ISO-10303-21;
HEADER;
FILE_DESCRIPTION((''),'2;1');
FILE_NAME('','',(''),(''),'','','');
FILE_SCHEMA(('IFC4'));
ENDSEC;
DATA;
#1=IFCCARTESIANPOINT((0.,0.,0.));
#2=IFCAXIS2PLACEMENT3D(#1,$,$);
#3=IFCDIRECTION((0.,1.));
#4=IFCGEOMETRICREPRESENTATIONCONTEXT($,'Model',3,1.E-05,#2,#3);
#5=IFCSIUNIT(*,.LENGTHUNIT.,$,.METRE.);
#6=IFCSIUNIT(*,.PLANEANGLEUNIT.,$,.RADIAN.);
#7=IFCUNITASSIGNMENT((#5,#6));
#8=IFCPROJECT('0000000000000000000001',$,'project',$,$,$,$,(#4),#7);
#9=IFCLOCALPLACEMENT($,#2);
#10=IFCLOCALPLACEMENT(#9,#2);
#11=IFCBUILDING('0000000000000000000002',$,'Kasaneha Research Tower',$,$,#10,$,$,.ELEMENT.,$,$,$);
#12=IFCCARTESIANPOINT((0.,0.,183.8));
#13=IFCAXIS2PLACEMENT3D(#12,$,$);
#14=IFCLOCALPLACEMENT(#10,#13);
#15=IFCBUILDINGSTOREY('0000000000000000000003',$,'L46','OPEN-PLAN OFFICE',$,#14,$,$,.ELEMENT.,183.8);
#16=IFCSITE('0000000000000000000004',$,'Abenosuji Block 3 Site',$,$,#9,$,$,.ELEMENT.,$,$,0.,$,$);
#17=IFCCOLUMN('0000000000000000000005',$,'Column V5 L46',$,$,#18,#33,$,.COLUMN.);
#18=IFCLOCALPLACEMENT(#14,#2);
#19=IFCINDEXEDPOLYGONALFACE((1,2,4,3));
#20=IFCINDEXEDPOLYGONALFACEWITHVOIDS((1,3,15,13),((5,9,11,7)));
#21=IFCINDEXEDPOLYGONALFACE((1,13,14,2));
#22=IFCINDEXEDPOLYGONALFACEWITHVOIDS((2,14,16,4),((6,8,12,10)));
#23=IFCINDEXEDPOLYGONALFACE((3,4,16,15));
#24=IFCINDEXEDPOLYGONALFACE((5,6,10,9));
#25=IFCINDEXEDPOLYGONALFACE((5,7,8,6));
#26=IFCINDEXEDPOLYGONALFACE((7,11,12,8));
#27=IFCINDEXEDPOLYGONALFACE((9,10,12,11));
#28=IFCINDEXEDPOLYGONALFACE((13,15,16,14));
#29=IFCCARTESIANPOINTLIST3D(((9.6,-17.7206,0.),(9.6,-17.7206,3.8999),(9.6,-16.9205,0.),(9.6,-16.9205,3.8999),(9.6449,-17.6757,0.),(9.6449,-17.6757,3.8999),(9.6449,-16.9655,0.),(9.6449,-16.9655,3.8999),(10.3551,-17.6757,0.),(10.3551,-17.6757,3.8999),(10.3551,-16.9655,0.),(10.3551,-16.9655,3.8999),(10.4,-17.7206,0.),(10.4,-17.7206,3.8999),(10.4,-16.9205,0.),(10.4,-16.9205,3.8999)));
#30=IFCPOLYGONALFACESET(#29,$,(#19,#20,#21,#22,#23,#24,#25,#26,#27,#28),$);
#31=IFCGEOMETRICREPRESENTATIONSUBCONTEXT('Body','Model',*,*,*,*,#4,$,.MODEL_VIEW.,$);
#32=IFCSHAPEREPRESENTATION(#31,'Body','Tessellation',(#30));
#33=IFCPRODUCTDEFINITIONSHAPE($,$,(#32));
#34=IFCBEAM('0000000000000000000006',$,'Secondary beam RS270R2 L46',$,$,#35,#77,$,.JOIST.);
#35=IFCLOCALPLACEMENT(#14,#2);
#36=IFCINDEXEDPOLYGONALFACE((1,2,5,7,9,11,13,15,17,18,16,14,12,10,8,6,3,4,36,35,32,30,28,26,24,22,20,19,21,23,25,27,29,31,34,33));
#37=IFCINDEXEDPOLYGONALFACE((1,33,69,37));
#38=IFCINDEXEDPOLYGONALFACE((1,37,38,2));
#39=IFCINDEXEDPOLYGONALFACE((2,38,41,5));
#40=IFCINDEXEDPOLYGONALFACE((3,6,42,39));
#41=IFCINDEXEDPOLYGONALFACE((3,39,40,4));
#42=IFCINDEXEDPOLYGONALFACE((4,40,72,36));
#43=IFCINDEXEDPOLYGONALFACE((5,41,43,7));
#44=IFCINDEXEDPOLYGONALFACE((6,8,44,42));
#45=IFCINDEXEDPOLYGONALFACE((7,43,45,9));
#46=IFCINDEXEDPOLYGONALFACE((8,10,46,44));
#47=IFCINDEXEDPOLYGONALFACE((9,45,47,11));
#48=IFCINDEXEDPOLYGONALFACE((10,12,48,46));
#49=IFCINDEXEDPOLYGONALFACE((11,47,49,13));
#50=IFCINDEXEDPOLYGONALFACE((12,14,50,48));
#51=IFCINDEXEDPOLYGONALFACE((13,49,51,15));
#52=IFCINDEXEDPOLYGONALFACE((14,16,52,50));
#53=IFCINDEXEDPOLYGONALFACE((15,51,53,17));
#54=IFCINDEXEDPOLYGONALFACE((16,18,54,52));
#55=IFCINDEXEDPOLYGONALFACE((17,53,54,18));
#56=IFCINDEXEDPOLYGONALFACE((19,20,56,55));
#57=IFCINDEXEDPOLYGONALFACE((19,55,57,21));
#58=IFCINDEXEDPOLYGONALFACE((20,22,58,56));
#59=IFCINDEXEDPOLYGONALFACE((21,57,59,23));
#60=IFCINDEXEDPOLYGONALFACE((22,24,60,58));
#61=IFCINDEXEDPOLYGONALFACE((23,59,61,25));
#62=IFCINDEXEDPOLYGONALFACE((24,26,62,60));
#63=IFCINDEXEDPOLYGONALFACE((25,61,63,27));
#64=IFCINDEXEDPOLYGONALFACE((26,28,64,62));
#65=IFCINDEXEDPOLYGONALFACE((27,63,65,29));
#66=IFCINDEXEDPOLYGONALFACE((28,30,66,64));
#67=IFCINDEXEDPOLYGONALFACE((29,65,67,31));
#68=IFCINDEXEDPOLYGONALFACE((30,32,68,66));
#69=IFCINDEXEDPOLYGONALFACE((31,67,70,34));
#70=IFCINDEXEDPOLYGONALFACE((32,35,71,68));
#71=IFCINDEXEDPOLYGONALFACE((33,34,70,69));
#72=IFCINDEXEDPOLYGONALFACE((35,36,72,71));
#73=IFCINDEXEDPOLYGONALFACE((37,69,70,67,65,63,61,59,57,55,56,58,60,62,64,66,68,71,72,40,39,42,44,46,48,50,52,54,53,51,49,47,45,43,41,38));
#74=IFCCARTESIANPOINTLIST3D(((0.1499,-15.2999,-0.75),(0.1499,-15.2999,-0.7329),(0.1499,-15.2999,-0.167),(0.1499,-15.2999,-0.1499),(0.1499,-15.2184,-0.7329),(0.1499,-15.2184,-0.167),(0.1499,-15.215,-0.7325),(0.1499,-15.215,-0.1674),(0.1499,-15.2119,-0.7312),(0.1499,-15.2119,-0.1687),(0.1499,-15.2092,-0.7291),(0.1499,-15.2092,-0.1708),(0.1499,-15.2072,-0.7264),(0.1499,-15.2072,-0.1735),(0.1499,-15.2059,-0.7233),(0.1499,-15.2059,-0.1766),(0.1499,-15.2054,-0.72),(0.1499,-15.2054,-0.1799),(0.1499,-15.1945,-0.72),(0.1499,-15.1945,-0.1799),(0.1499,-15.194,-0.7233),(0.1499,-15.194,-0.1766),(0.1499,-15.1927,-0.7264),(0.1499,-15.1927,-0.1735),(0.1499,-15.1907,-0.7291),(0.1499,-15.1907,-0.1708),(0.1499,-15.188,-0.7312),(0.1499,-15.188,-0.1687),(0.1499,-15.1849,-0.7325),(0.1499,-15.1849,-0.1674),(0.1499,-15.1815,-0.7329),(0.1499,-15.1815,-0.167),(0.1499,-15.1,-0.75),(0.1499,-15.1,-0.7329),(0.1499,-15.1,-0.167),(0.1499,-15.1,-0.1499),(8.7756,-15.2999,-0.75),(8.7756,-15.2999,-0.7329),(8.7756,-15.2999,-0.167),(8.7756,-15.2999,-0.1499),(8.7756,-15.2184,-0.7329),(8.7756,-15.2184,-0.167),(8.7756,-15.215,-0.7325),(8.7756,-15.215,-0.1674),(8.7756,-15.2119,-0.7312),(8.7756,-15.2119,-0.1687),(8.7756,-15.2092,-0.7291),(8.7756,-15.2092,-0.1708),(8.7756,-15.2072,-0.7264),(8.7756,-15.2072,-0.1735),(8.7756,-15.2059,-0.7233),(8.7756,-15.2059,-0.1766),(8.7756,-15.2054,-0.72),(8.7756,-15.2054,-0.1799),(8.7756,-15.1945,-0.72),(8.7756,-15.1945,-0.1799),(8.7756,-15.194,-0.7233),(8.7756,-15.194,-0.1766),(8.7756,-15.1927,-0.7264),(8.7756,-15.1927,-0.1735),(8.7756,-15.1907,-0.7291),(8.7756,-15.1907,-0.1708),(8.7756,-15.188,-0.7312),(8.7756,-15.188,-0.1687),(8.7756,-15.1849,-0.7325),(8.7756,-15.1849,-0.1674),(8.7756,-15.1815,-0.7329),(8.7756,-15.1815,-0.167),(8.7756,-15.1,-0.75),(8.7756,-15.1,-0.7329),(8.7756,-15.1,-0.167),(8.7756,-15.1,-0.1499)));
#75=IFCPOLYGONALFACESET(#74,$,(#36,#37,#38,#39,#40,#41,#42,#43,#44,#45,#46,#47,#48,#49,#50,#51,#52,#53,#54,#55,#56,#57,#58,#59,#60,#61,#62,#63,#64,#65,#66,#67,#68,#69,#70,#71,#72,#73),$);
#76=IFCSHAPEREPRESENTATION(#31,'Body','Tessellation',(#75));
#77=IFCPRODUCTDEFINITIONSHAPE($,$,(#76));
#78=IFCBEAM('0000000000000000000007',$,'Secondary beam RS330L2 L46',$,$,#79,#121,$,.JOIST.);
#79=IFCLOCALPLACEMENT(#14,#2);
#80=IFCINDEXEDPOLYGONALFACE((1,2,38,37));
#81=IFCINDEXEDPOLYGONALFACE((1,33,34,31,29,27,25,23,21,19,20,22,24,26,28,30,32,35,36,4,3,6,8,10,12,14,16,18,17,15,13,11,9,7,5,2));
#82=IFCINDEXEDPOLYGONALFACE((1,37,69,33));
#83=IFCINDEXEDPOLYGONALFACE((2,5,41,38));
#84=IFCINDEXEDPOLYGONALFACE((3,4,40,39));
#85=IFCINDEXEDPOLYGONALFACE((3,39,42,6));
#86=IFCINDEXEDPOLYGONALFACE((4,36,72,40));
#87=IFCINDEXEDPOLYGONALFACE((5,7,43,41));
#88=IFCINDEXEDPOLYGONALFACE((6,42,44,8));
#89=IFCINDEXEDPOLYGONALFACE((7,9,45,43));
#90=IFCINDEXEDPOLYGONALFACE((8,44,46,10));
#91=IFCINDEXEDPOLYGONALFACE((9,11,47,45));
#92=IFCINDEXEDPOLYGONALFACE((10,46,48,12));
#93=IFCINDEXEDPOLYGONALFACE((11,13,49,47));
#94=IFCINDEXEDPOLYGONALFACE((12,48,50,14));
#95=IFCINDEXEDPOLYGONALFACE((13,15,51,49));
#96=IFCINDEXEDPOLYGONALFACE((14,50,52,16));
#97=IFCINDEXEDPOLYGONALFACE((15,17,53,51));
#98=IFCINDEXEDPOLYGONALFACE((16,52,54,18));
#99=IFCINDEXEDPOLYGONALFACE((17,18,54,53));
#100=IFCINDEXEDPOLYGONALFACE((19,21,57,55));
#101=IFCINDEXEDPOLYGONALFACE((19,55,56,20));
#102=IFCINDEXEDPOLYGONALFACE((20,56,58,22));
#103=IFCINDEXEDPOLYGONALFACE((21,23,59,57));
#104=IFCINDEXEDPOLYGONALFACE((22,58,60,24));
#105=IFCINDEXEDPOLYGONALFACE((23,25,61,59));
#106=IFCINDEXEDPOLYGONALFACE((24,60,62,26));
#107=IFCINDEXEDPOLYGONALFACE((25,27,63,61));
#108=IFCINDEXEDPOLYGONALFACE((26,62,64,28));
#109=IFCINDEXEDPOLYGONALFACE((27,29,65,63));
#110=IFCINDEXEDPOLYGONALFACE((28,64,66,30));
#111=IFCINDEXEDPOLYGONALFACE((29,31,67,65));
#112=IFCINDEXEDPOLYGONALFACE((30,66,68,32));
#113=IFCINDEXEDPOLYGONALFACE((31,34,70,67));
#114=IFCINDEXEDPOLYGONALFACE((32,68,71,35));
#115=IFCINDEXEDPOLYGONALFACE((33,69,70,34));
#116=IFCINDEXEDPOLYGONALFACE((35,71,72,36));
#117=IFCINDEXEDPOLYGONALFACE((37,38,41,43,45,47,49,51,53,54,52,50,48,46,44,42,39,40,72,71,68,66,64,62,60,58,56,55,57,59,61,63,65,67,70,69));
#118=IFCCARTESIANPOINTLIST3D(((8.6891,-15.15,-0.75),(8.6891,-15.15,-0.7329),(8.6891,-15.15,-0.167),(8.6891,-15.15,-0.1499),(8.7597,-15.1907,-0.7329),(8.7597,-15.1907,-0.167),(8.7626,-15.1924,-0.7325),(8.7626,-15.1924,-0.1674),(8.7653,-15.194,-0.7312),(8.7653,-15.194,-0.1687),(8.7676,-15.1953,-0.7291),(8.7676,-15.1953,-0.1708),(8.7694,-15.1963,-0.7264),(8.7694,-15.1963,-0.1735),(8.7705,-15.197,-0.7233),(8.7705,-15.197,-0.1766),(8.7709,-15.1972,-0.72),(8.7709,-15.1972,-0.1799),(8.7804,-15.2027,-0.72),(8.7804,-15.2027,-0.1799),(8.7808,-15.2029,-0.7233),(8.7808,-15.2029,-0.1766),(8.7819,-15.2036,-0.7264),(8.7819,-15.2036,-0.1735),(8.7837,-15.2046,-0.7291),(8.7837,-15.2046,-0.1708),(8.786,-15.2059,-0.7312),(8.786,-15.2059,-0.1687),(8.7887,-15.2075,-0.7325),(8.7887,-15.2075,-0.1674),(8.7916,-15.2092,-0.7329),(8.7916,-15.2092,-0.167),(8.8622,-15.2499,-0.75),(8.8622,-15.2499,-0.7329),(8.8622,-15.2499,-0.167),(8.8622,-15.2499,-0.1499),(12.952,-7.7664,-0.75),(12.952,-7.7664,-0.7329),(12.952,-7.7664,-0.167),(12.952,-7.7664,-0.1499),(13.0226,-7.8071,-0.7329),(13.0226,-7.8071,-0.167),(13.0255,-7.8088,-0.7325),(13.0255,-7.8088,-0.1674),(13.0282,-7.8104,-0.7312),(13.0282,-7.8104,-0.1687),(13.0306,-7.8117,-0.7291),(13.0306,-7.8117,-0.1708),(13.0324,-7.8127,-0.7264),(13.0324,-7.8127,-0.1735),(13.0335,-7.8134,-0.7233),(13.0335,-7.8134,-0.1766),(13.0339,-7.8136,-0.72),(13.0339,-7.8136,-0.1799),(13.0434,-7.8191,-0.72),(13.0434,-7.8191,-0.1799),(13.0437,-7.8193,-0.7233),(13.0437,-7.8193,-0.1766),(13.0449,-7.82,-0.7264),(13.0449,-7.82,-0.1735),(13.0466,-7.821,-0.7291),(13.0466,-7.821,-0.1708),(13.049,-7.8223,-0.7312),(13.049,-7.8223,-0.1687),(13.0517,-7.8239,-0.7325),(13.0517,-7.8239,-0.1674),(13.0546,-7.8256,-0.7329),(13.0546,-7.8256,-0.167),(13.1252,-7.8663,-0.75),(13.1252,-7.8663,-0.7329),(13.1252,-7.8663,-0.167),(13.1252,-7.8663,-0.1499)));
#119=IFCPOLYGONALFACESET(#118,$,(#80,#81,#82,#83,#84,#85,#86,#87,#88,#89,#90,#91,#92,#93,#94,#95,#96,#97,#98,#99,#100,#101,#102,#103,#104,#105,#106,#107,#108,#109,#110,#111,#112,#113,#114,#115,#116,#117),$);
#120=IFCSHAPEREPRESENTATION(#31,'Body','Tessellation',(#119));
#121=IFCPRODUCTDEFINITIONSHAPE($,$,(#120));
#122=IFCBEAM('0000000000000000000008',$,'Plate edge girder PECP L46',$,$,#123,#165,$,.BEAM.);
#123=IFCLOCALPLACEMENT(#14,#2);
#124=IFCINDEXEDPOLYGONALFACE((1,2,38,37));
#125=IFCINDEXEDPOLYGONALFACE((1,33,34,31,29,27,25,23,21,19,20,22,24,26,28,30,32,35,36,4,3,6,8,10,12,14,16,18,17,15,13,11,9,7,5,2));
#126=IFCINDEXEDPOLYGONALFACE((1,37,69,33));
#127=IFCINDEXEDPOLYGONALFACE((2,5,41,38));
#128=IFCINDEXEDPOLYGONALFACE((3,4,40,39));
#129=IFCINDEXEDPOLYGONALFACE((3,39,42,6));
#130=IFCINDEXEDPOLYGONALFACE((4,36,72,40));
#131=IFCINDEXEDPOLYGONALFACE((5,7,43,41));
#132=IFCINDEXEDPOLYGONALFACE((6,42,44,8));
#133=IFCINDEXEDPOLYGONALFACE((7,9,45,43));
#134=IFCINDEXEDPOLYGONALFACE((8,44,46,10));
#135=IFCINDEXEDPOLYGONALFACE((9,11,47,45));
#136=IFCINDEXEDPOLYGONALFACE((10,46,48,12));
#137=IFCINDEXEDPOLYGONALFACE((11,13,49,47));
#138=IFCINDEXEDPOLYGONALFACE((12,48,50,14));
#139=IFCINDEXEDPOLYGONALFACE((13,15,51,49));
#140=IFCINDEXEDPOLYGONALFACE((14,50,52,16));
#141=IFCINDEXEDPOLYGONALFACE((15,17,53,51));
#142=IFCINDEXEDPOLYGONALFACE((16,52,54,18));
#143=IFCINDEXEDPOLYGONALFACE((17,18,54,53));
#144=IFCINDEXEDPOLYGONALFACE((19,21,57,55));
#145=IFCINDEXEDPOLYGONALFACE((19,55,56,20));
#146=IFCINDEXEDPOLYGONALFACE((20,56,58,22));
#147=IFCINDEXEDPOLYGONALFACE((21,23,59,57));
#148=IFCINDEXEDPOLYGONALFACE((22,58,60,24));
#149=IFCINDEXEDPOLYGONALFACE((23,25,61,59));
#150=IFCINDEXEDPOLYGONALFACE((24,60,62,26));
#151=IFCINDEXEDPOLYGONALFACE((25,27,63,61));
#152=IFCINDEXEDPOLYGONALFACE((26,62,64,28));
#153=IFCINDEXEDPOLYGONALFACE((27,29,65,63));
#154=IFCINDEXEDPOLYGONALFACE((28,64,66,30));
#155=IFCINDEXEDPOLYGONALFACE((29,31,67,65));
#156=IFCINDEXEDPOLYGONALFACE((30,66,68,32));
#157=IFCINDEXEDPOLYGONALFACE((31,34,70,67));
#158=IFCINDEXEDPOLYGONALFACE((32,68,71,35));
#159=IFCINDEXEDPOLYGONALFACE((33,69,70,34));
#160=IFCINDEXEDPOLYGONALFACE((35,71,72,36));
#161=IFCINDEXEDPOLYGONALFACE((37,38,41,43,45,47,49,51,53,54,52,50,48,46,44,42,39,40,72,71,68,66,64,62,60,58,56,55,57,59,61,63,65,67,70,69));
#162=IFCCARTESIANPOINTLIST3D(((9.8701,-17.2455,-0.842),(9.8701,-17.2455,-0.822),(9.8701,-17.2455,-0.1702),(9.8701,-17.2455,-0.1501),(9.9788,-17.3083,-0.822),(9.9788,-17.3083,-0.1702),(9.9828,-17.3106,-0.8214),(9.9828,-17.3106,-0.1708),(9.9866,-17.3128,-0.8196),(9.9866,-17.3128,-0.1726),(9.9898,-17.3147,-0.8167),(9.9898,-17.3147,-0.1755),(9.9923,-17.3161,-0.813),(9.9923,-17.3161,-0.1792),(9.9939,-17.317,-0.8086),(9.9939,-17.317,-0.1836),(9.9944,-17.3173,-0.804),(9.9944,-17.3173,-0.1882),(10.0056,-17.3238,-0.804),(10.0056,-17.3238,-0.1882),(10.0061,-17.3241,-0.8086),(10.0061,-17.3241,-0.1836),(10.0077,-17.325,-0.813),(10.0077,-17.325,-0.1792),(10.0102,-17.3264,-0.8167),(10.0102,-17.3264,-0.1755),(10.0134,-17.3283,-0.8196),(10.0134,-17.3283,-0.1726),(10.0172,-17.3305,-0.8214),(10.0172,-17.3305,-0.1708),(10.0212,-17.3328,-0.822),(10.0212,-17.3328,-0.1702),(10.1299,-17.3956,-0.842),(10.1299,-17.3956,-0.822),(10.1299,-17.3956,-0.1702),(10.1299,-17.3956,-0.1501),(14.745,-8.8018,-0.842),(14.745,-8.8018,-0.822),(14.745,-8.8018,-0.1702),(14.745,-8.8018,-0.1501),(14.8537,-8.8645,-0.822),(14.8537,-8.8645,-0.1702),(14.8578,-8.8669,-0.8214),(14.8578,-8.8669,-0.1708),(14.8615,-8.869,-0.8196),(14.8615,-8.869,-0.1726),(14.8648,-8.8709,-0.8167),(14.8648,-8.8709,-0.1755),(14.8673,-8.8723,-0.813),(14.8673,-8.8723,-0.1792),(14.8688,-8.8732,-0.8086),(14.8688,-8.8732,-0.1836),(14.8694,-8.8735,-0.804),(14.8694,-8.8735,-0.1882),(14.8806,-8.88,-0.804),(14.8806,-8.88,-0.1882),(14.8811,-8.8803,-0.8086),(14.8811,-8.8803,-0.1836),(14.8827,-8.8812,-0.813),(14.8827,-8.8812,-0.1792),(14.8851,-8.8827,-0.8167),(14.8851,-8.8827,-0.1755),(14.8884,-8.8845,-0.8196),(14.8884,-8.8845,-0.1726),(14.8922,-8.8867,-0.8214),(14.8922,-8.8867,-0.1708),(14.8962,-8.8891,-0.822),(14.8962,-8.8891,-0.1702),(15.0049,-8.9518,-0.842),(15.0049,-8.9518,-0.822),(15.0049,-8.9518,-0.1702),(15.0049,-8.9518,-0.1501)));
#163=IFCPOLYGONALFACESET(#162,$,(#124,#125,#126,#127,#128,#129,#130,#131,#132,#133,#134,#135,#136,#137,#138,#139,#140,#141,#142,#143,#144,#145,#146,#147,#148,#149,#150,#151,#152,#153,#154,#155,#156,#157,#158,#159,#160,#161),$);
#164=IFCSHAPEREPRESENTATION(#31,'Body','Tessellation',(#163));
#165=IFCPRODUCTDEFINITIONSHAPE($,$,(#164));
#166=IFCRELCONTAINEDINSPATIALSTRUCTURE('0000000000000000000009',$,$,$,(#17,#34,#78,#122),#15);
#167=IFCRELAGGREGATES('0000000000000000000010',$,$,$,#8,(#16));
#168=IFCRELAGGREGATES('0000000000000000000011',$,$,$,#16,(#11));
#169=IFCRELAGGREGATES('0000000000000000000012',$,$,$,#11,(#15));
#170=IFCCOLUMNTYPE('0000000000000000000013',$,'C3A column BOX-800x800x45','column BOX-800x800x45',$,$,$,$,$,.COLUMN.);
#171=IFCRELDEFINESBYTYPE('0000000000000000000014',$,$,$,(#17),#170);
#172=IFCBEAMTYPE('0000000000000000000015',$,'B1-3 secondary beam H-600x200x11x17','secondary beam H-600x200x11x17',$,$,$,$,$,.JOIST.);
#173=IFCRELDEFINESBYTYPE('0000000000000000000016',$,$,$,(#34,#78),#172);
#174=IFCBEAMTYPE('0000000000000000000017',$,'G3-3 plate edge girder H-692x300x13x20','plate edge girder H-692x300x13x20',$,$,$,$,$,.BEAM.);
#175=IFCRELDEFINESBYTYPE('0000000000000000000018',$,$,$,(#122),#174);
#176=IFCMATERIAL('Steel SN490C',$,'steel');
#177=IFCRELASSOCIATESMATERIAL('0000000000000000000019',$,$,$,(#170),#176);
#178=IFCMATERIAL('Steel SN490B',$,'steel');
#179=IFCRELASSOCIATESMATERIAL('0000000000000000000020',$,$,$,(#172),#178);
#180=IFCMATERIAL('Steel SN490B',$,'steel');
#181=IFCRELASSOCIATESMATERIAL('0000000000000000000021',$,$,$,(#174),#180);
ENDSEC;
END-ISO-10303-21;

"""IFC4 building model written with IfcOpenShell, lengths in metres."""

from ifc_helpers import new_model, si_unit, direction, frame, origin, origin_2d, place, context, subcontext, project, spatial, hollow_rectangle, i_section, extrude, material, material_profile, profile_set, type_object, element, save


model = new_model("IFC4")

# Units and contexts
model_context = context("Model", 3, precision=1e-05, world=origin(), true_north=direction((0.0, 1.0)))
body_context = subcontext(model_context, "Body", "Model", "MODEL_VIEW")
ifc_project = project(units=[si_unit("LENGTHUNIT", "METRE"), si_unit("PLANEANGLEUNIT", "RADIAN")], contexts=[model_context])

# Site, building, storey
site_placement = place(None, origin())
site = spatial("IfcSite", under=ifc_project, at=site_placement, Name="Abenosuji Block 3 Site", CompositionType="ELEMENT", RefElevation=0.0)
building_placement = place(site_placement, origin())
building = spatial("IfcBuilding", under=site, at=building_placement, Name="Kasaneha Research Tower", CompositionType="ELEMENT")
storey_placement = place(building_placement, frame((0.0, 0.0, 183.8)))
storey = spatial("IfcBuildingStorey", under=building, at=storey_placement, Name="L46", Description="OPEN-PLAN OFFICE", CompositionType="ELEMENT", Elevation=183.8)

# Column
ifc_material_1 = material(Name="Steel SN490C", Category="steel")
ifc_material_profile_1 = material_profile(ifc_material_1, hollow_rectangle(XDim=0.8, YDim=0.8, WallThickness=0.0449, at=origin_2d()), Name="BOX-800x800x45")
ifc_profile_set_1 = profile_set([ifc_material_profile_1], Name="Steel SN490C")
column_type = type_object("IfcColumnType", Name="C3A column BOX-800x800x45", Description="column BOX-800x800x45", PredefinedType="COLUMN", material=ifc_profile_set_1)
column_placement = place(storey_placement, frame((10.0, -17.3206, 0.0), z_axis=(0.0, 0.0, 1.0), x_axis=(1.0, 0.0, 0.0)))
element("IfcColumn", 1, at=column_placement, inside=storey, type_object=column_type, Name="Column V5 L46", PredefinedType="COLUMN", context=body_context, shape_type="SweptSolid", body=[
    extrude(hollow_rectangle(XDim=0.8, YDim=0.8, WallThickness=0.0449, at=origin_2d()), origin(), (0.0, 0.0, 1.0), 3.8999),
])

# Beams
ifc_material_2 = material(Name="Steel SN490B", Category="steel")
ifc_material_profile_2 = material_profile(ifc_material_2, i_section(OverallWidth=0.2, OverallDepth=0.6001, WebThickness=0.011, FlangeThickness=0.0171, FilletRadius=0.0129, at=origin_2d()), Name="H-600x200x11x17")
ifc_profile_set_2 = profile_set([ifc_material_profile_2], Name="Steel SN490B")
beam_type_1 = type_object("IfcBeamType", Name="B1-3 secondary beam H-600x200x11x17", Description="secondary beam H-600x200x11x17", PredefinedType="JOIST", material=ifc_profile_set_2)
beam_1_placement = place(storey_placement, frame((8.7756, -15.2, -0.45), z_axis=(-1.0, 0.0, 0.0), x_axis=(0.0, -1.0, 0.0)))
element("IfcBeam", 2, at=beam_1_placement, inside=storey, type_object=beam_type_1, Name="Secondary beam RS270R2 L46", PredefinedType="JOIST", context=body_context, shape_type="SweptSolid", body=[
    extrude(i_section(OverallWidth=0.2, OverallDepth=0.6001, WebThickness=0.011, FlangeThickness=0.0171, FilletRadius=0.0129, at=origin_2d()), origin(), (0.0, 0.0, 1.0), 8.6257),
])
beam_2_placement = place(storey_placement, frame((8.7756, -15.2, -0.45), z_axis=(0.500004, 0.866023, 0.0), x_axis=(-0.866023, 0.500004, 0.0)))
element("IfcBeam", 3, at=beam_2_placement, inside=storey, type_object=beam_type_1, Name="Secondary beam RS330L2 L46", PredefinedType="JOIST", context=body_context, shape_type="SweptSolid", body=[
    extrude(i_section(OverallWidth=0.2, OverallDepth=0.6001, WebThickness=0.011, FlangeThickness=0.0171, FilletRadius=0.0129, at=origin_2d()), origin(), (0.0, 0.0, 1.0), 8.5259),
])
ifc_material_3 = material(Name="Steel SN490B", Category="steel")
ifc_material_profile_3 = material_profile(ifc_material_3, i_section(OverallWidth=0.3, OverallDepth=0.6919, WebThickness=0.0129, FlangeThickness=0.02, FilletRadius=0.0181, at=origin_2d()), Name="H-692x300x13x20")
ifc_profile_set_3 = profile_set([ifc_material_profile_3], Name="Steel SN490B")
beam_type_2 = type_object("IfcBeamType", Name="G3-3 plate edge girder H-692x300x13x20", Description="plate edge girder H-692x300x13x20", PredefinedType="BEAM", material=ifc_profile_set_3)
beam_3_placement = place(storey_placement, frame((10.0, -17.3206, -0.4961), z_axis=(0.499996, 0.866028, 0.0), x_axis=(-0.866028, 0.499996, 0.0)))
element("IfcBeam", 4, at=beam_3_placement, inside=storey, type_object=beam_type_2, Name="Plate edge girder PECP L46", PredefinedType="BEAM", context=body_context, shape_type="SweptSolid", body=[
    extrude(i_section(OverallWidth=0.3, OverallDepth=0.6919, WebThickness=0.0129, FlangeThickness=0.02, FilletRadius=0.0181, at=origin_2d()), origin(), (0.0, 0.0, 1.0), 9.75),
])

save(model, "model.ifc")
